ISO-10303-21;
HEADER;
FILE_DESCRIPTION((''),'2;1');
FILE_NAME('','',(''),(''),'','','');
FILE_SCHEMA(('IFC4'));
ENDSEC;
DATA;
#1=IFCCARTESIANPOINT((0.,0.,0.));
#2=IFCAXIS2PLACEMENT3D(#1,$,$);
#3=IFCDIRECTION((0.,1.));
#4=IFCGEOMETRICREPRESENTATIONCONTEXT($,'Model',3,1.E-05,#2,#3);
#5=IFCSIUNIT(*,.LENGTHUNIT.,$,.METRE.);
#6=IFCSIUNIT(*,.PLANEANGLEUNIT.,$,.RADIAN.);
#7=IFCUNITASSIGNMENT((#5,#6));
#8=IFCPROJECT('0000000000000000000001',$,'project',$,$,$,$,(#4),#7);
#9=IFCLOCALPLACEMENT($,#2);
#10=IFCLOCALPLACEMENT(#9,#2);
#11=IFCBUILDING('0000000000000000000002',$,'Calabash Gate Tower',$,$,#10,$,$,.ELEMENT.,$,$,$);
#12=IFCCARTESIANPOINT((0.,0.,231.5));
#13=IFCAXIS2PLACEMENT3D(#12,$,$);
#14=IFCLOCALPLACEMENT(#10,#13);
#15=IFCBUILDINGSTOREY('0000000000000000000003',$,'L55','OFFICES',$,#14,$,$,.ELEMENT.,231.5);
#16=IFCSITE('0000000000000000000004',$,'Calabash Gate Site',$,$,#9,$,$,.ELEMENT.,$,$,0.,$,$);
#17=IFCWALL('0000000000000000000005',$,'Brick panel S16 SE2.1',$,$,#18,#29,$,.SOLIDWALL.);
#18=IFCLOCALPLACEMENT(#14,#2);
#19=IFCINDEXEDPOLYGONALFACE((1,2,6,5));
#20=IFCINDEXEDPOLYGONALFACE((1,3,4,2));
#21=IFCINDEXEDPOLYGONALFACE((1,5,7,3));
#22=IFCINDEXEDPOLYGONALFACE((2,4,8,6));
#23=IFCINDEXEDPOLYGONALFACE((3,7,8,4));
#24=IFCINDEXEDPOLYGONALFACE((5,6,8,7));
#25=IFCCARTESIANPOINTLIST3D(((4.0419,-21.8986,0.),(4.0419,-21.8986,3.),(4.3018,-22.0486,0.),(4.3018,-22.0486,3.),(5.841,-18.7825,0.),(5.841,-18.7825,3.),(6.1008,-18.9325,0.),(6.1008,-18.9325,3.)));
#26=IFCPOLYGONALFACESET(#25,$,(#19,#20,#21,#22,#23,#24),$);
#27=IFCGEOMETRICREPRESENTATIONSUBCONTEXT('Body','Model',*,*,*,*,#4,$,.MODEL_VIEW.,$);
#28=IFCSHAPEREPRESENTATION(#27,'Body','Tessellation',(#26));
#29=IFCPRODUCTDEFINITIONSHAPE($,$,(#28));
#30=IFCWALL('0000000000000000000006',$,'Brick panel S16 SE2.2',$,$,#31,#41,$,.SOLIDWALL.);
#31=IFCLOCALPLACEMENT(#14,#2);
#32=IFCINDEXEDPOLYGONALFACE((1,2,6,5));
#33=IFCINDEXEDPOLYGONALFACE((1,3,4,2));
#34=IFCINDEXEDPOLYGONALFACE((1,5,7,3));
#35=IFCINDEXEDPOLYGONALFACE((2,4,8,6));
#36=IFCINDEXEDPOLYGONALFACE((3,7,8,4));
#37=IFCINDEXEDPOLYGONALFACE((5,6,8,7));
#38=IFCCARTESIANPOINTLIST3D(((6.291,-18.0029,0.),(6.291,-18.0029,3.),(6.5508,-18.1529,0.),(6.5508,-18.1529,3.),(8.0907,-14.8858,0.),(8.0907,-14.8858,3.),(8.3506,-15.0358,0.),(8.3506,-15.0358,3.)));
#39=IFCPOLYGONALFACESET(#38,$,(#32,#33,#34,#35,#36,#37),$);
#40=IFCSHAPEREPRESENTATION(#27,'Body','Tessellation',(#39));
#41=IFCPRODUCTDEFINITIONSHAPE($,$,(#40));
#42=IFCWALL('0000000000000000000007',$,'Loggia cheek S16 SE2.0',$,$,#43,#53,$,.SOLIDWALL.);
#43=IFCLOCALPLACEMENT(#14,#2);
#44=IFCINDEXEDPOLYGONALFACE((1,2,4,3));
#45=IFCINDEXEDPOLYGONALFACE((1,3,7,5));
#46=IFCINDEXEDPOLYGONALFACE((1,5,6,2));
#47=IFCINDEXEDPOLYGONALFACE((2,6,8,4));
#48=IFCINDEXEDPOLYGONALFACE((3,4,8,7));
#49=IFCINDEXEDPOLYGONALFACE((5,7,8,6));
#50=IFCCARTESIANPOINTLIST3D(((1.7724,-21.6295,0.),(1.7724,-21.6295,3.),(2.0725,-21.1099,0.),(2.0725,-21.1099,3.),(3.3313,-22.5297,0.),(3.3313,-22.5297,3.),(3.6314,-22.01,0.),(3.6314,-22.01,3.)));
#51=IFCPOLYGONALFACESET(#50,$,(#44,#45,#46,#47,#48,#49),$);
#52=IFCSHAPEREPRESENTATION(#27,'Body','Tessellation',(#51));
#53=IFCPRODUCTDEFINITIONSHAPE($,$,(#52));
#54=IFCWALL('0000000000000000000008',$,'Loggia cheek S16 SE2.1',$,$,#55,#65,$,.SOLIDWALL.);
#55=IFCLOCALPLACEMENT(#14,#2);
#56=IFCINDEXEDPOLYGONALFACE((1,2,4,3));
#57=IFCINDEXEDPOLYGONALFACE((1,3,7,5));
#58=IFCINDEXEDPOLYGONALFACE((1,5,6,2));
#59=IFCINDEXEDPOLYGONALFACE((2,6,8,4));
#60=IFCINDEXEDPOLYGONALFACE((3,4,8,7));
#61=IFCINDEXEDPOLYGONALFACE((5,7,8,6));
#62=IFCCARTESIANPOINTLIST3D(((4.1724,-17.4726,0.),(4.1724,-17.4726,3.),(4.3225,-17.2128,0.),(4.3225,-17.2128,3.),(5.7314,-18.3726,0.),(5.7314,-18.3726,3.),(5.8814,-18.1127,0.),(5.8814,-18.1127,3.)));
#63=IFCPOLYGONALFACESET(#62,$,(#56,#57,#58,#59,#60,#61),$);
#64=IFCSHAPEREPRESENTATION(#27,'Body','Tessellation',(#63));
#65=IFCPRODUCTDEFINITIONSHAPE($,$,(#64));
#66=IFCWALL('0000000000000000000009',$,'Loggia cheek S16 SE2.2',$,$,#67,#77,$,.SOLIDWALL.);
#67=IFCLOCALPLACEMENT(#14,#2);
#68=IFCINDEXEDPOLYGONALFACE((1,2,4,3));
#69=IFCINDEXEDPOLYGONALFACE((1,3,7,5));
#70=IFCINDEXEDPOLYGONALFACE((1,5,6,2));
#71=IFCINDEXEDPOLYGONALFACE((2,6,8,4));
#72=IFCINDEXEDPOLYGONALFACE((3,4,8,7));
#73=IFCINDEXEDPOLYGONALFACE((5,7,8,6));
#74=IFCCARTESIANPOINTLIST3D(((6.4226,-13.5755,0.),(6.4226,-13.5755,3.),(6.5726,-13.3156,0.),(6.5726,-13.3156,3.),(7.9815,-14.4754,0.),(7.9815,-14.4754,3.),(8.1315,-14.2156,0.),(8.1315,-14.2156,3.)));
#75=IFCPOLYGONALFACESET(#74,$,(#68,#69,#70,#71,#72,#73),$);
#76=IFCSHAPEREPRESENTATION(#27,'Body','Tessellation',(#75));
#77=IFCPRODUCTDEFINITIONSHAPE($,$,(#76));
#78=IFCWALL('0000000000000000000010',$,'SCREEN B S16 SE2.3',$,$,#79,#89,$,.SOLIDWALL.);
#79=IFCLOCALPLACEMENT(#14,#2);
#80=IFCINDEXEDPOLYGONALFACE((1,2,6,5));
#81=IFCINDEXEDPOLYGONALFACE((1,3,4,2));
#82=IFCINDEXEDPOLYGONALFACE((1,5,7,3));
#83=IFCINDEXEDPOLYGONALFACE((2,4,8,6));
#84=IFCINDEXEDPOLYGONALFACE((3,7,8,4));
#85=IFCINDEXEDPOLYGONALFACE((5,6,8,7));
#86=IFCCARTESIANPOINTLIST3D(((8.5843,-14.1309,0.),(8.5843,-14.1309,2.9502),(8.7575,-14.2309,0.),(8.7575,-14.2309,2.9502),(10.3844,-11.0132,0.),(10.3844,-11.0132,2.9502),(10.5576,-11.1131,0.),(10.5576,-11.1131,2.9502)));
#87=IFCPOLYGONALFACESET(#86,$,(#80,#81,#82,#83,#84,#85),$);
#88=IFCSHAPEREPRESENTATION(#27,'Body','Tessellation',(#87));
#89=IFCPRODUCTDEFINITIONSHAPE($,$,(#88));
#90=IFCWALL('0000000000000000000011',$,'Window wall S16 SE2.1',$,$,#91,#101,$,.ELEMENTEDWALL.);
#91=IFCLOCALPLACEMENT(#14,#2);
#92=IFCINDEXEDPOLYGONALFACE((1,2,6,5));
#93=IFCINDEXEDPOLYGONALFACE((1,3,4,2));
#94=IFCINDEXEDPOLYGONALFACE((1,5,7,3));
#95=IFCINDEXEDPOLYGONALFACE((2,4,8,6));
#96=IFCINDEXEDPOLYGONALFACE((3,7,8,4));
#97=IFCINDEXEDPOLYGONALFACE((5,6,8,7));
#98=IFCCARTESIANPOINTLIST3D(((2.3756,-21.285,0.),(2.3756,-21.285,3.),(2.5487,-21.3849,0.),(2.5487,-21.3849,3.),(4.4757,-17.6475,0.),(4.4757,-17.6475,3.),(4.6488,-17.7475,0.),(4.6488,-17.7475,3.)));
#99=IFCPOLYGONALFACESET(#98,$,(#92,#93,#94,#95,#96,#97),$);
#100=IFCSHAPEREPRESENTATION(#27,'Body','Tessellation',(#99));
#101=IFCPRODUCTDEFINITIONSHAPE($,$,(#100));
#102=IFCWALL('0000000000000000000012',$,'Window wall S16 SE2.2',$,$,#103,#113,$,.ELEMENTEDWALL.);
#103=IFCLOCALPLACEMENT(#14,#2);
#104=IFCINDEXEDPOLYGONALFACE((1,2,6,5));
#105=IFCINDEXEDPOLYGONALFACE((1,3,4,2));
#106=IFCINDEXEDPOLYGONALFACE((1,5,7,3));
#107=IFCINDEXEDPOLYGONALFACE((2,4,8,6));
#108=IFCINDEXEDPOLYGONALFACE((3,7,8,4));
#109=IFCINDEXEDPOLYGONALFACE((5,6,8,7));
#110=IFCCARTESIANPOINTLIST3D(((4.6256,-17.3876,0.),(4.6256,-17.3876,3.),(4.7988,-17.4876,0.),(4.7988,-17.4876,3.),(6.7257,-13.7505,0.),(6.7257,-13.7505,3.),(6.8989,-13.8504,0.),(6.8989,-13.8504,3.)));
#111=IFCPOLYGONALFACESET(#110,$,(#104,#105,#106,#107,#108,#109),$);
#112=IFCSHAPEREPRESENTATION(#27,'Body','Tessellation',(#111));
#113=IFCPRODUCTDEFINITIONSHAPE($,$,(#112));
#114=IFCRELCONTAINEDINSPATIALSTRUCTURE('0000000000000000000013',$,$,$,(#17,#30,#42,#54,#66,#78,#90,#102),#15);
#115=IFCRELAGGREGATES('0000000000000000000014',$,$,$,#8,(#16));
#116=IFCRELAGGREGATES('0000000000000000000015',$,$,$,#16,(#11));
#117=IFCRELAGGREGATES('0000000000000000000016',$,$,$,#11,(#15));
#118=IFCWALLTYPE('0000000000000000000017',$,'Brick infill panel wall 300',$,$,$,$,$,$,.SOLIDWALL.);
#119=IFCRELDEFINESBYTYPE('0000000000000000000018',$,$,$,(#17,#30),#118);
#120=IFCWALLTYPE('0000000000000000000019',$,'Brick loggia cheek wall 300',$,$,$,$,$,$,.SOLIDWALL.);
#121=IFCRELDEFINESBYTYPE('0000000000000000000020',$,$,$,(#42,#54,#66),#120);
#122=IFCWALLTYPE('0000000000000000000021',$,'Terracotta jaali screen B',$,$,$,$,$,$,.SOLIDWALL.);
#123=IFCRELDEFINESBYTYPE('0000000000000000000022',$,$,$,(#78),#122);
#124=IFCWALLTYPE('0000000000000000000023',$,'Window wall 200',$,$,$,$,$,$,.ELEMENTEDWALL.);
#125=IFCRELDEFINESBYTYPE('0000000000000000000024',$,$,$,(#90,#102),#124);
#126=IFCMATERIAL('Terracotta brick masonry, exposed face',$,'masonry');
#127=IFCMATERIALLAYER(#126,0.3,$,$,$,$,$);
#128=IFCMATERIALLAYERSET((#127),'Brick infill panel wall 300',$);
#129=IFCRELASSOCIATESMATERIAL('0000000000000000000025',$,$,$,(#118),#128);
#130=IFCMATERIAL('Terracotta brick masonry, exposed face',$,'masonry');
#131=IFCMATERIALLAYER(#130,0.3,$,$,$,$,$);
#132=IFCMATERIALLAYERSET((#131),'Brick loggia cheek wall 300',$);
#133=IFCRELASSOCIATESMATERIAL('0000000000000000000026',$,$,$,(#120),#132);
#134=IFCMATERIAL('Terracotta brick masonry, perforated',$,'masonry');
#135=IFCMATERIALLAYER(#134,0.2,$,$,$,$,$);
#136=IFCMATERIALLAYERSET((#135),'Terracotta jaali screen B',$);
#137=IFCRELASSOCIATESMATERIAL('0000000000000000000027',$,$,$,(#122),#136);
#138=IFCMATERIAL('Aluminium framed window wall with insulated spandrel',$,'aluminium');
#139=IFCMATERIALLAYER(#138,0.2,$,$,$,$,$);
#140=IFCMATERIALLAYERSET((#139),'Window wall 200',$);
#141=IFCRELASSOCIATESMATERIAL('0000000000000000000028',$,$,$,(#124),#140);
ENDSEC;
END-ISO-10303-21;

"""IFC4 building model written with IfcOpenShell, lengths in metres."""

from ifc_helpers import new_model, si_unit, direction, frame, frame_2d, origin, place, context, subcontext, project, spatial, rectangle, extrude, material, layer, layer_set, type_object, element, save


model = new_model("IFC4")

# Units and contexts
model_context = context("Model", 3, precision=1e-05, world=origin(), true_north=direction((0.0, 1.0)))
body_context = subcontext(model_context, "Body", "Model", "MODEL_VIEW")
ifc_project = project(units=[si_unit("LENGTHUNIT", "METRE"), si_unit("PLANEANGLEUNIT", "RADIAN")], contexts=[model_context])

# Site, building, storey
site_placement = place(None, origin())
site = spatial("IfcSite", under=ifc_project, at=site_placement, Name="Calabash Gate Site", CompositionType="ELEMENT", RefElevation=0.0)
building_placement = place(site_placement, origin())
building = spatial("IfcBuilding", under=site, at=building_placement, Name="Calabash Gate Tower", CompositionType="ELEMENT")
storey_placement = place(building_placement, frame((0.0, 0.0, 231.5)))
storey = spatial("IfcBuildingStorey", under=building, at=storey_placement, Name="L55", Description="OFFICES", CompositionType="ELEMENT", Elevation=231.5)

# Walls
ifc_material_1 = material(Name="Terracotta brick masonry, exposed face", Category="masonry")
ifc_layer_1 = layer(ifc_material_1, 0.3)
ifc_layer_set_1 = layer_set([ifc_layer_1], Name="Brick infill panel wall 300")
wall_type_1 = type_object("IfcWallType", Name="Brick infill panel wall 300", PredefinedType="SOLIDWALL", material=ifc_layer_set_1)
wall_1_placement = place(storey_placement, frame((4.1719, -21.9736, 0.0), z_axis=(0.0, 0.0, 1.0), x_axis=(0.499985, 0.866034, 0.0)))
element("IfcWall", 1, at=wall_1_placement, inside=storey, type_object=wall_type_1, Name="Brick panel S16 SE2.1", PredefinedType="SOLIDWALL", context=body_context, shape_type="SweptSolid", body=[
    extrude(rectangle(XDim=3.5981, YDim=0.3, at=frame_2d((1.7991, 0.0))), origin(), (0.0, 0.0, 1.0), 3.0),
])
wall_2_placement = place(storey_placement, frame((8.2207, -14.9607, 0.0), z_axis=(0.0, 0.0, 1.0), x_axis=(-0.50002, -0.866014, 0.0)))
element("IfcWall", 2, at=wall_2_placement, inside=storey, type_object=wall_type_1, Name="Brick panel S16 SE2.2", PredefinedType="SOLIDWALL", context=body_context, shape_type="SweptSolid", body=[
    extrude(rectangle(XDim=3.5994, YDim=0.3, at=frame_2d((1.7998, 0.0))), origin(), (0.0, 0.0, 1.0), 3.0),
])
ifc_material_2 = material(Name="Terracotta brick masonry, exposed face", Category="masonry")
ifc_layer_2 = layer(ifc_material_2, 0.3)
ifc_layer_set_2 = layer_set([ifc_layer_2], Name="Brick loggia cheek wall 300")
wall_type_2 = type_object("IfcWallType", Name="Brick loggia cheek wall 300", PredefinedType="SOLIDWALL", material=ifc_layer_set_2)
wall_3_placement = place(storey_placement, frame((3.4812, -22.2698, 0.0), z_axis=(0.0, 0.0, 1.0), x_axis=(-0.865989, 0.500063, 0.0)))
element("IfcWall", 3, at=wall_3_placement, inside=storey, type_object=wall_type_2, Name="Loggia cheek S16 SE2.0", PredefinedType="SOLIDWALL", context=body_context, shape_type="SweptSolid", body=[
    extrude(rectangle(XDim=1.8, YDim=0.6001, at=frame_2d((0.8999, 0.0))), origin(), (0.0, 0.0, 1.0), 3.0),
])
for number, where, z_axis, x_axis, name in (
    (4, (4.2476, -17.3428, 0.0), (0.0, 0.0, 1.0), (0.866048, -0.499961, 0.0), "Loggia cheek S16 SE2.1"),
    (5, (8.0564, -14.3455, 0.0), (0.0, 0.0, 1.0), (-0.866048, 0.499961, 0.0), "Loggia cheek S16 SE2.2"),
):
    element("IfcWall", number, at=place(storey_placement, frame(where, z_axis=z_axis, x_axis=x_axis)), inside=storey, type_object=wall_type_2, Name=name, PredefinedType="SOLIDWALL", context=body_context, shape_type="SweptSolid", body=[
        extrude(rectangle(XDim=1.8, YDim=0.3, at=frame_2d((0.8999, 0.0))), origin(), (0.0, 0.0, 1.0), 3.0),
    ])
ifc_material_3 = material(Name="Terracotta brick masonry, perforated", Category="masonry")
ifc_layer_3 = layer(ifc_material_3, 0.2)
ifc_layer_set_3 = layer_set([ifc_layer_3], Name="Terracotta jaali screen B")
wall_type_3 = type_object("IfcWallType", Name="Terracotta jaali screen B", PredefinedType="SOLIDWALL", material=ifc_layer_set_3)
wall_4_placement = place(storey_placement, frame((8.6709, -14.1809, 0.0), z_axis=(0.0, 0.0, 1.0), x_axis=(0.500012, 0.866018, 0.0)))
element("IfcWall", 6, at=wall_4_placement, inside=storey, type_object=wall_type_3, Name="SCREEN B S16 SE2.3", PredefinedType="SOLIDWALL", context=body_context, shape_type="SweptSolid", body=[
    extrude(rectangle(XDim=3.6001, YDim=0.2, at=frame_2d((1.8, 0.0))), origin(), (0.0, 0.0, 1.0), 2.9502),
])
ifc_material_4 = material(Name="Aluminium framed window wall with insulated spandrel", Category="aluminium")
ifc_layer_4 = layer(ifc_material_4, 0.2)
ifc_layer_set_4 = layer_set([ifc_layer_4], Name="Window wall 200")
wall_type_4 = type_object("IfcWallType", Name="Window wall 200", PredefinedType="ELEMENTEDWALL", material=ifc_layer_set_4)
wall_5_placement = place(storey_placement, frame((2.4622, -21.335, 0.0), z_axis=(0.0, 0.0, 1.0), x_axis=(0.500003, 0.866024, 0.0)))
element("IfcWall", 7, at=wall_5_placement, inside=storey, type_object=wall_type_4, Name="Window wall S16 SE2.1", PredefinedType="ELEMENTEDWALL", context=body_context, shape_type="SweptSolid", body=[
    extrude(rectangle(XDim=4.2002, YDim=0.2, at=frame_2d((2.1001, 0.0))), origin(), (0.0, 0.0, 1.0), 3.0),
])
wall_6_placement = place(storey_placement, frame((4.7122, -17.4377, 0.0), z_axis=(0.0, 0.0, 1.0), x_axis=(0.500028, 0.866009, 0.0)))
element("IfcWall", 8, at=wall_6_placement, inside=storey, type_object=wall_type_4, Name="Window wall S16 SE2.2", PredefinedType="ELEMENTEDWALL", context=body_context, shape_type="SweptSolid", body=[
    extrude(rectangle(XDim=4.2, YDim=0.2, at=frame_2d((2.1001, 0.0))), origin(), (0.0, 0.0, 1.0), 3.0),
])

save(model, "model.ifc")
